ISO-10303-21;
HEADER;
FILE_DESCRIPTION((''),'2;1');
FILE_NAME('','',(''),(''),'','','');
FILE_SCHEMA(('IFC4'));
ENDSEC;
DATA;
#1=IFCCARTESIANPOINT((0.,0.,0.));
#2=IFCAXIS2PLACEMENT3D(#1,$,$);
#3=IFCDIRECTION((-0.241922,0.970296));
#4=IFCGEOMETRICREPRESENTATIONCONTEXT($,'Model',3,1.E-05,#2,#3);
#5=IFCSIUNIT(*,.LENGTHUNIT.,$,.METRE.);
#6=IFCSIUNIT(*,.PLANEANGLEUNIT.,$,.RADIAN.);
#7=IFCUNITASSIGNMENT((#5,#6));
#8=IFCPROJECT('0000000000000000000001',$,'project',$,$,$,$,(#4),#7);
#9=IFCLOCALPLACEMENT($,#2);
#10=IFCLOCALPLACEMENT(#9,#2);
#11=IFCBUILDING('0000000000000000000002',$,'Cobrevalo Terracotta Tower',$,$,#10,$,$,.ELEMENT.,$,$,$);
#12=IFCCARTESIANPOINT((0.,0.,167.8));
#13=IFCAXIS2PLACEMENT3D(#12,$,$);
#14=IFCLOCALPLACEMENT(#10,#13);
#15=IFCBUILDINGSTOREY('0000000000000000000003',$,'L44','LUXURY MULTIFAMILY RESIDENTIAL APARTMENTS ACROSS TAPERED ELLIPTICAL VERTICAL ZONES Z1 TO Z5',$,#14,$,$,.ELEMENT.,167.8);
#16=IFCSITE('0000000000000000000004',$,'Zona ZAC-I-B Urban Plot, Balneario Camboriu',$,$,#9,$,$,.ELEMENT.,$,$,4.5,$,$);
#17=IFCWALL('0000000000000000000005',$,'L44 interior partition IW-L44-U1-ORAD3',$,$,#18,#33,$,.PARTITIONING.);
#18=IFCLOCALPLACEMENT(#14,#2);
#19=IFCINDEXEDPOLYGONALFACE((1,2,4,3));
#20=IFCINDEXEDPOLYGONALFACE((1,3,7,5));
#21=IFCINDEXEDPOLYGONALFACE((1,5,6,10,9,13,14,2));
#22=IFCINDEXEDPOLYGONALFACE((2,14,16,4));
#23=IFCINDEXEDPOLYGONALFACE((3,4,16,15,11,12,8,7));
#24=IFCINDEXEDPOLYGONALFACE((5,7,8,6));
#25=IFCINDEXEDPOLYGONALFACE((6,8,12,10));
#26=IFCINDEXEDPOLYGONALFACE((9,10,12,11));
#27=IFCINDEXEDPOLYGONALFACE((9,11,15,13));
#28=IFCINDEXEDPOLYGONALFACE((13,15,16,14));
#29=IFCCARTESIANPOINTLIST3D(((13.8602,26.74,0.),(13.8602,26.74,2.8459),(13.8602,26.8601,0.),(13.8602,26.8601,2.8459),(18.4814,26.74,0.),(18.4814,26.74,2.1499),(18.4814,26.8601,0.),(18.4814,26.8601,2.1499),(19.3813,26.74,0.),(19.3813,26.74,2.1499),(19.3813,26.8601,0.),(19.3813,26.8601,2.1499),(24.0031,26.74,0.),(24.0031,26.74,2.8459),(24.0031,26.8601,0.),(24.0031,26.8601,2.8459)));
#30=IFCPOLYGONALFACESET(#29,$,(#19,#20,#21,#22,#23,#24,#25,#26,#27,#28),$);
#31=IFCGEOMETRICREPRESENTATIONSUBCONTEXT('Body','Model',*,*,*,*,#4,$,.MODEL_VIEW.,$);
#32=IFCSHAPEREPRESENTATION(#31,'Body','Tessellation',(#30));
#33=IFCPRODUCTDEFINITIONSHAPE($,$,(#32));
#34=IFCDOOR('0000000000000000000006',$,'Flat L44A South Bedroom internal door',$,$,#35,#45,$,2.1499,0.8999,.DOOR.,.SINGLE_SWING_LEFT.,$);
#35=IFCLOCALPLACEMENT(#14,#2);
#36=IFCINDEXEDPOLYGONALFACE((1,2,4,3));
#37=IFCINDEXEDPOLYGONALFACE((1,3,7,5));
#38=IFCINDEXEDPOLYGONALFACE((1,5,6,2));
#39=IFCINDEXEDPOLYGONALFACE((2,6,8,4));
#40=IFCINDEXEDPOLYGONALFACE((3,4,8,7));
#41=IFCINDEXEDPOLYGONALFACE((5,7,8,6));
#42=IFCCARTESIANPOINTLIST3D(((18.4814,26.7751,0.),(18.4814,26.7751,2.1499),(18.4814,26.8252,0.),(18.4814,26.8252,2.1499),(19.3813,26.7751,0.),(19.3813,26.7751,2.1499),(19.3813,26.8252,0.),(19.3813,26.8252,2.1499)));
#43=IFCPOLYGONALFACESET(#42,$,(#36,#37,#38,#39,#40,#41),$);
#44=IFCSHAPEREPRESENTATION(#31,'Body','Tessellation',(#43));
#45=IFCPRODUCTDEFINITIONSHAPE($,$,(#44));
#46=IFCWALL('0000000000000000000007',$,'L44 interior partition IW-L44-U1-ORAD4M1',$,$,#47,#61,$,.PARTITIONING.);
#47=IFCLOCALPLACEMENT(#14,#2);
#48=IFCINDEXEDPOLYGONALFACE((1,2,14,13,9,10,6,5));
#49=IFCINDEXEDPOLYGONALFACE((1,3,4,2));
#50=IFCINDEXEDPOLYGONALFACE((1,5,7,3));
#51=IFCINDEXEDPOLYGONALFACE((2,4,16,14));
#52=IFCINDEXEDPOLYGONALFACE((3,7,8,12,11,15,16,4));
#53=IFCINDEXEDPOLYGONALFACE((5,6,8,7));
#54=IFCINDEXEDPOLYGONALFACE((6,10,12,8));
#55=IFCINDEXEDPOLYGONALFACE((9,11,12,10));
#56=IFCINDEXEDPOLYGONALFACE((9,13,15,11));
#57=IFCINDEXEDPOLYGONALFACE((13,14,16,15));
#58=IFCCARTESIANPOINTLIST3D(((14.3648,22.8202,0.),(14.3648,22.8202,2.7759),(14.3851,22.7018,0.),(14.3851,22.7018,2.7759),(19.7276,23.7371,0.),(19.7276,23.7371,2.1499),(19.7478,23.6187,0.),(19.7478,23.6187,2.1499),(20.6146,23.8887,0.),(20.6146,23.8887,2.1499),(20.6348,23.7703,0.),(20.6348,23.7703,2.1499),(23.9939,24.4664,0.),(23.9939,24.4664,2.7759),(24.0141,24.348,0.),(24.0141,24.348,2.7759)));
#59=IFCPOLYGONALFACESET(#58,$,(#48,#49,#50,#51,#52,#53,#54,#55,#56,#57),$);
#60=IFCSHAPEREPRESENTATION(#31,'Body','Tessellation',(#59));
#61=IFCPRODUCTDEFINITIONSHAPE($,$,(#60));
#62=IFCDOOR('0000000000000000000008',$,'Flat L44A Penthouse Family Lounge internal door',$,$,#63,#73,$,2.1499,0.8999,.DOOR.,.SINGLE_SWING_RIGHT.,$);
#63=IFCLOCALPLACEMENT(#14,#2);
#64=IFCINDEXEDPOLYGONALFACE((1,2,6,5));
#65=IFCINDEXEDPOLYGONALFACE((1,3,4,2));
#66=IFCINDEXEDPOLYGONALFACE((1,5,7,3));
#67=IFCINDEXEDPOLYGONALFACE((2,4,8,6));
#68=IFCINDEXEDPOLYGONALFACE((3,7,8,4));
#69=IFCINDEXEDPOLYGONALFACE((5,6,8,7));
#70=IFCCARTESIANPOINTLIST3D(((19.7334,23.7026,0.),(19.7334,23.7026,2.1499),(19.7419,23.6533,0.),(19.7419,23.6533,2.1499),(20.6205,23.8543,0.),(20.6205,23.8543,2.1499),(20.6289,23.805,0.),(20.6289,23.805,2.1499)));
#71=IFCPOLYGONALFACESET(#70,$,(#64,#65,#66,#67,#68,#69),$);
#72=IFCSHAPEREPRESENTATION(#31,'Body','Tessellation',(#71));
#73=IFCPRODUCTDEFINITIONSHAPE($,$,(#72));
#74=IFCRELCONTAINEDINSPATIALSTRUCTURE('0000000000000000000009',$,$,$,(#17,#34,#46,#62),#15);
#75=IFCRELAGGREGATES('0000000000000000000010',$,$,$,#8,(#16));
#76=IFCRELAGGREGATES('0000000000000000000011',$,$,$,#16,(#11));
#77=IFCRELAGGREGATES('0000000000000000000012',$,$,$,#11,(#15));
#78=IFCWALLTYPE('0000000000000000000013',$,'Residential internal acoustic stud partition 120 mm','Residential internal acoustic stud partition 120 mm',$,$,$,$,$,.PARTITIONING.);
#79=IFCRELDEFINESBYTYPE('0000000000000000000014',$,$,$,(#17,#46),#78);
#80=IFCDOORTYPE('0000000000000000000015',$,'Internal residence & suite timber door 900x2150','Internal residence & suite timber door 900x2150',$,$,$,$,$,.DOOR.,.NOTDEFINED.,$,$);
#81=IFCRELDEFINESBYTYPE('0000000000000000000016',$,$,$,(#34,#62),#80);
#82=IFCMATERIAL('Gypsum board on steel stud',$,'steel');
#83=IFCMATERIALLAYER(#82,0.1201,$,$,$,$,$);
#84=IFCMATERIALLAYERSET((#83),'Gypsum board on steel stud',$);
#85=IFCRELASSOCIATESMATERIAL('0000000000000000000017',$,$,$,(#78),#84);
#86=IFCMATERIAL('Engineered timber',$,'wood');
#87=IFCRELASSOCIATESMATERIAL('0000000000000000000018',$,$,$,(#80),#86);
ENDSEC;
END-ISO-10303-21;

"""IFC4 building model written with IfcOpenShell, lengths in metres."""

from ifc_helpers import new_model, si_unit, direction, frame, frame_2d, origin, place, context, subcontext, project, spatial, rectangle, extrude, source, transform, mapped, material, layer, layer_set, type_object, element, fill, save


model = new_model("IFC4")

# Units and contexts
model_context = context("Model", 3, precision=1e-05, world=origin(), true_north=direction((-0.241922, 0.970296)))
body_context = subcontext(model_context, "Body", "Model", "MODEL_VIEW")
ifc_project = project(units=[si_unit("LENGTHUNIT", "METRE"), si_unit("PLANEANGLEUNIT", "RADIAN")], contexts=[model_context])

# Site, building, storey
site_placement = place(None, origin())
site = spatial("IfcSite", under=ifc_project, at=site_placement, Name="Zona ZAC-I-B Urban Plot, Balneario Camboriu", CompositionType="ELEMENT", RefElevation=4.5)
building_placement = place(site_placement, origin())
building = spatial("IfcBuilding", under=site, at=building_placement, Name="Cobrevalo Terracotta Tower", CompositionType="ELEMENT")
storey_placement = place(building_placement, frame((0.0, 0.0, 167.8)))
storey = spatial("IfcBuildingStorey", under=building, at=storey_placement, Name="L44", Description="LUXURY MULTIFAMILY RESIDENTIAL APARTMENTS ACROSS TAPERED ELLIPTICAL VERTICAL ZONES Z1 TO Z5", CompositionType="ELEMENT", Elevation=167.8)

# Walls, openings, doors
ifc_material_1 = material(Name="Gypsum board on steel stud", Category="steel")
ifc_layer_1 = layer(ifc_material_1, 0.1201)
ifc_layer_set_1 = layer_set([ifc_layer_1], Name="Gypsum board on steel stud")
wall_type = type_object("IfcWallType", Name="Residential internal acoustic stud partition 120 mm", Description="Residential internal acoustic stud partition 120 mm", PredefinedType="PARTITIONING", material=ifc_layer_set_1)
wall_1_placement = place(storey_placement, frame((24.0029, 26.8, 0.0), z_axis=(0.0, 0.0, 1.0), x_axis=(-1.0, 0.0, 0.0)))
wall_1 = element("IfcWall", 1, at=wall_1_placement, inside=storey, type_object=wall_type, Name="L44 interior partition IW-L44-U1-ORAD3", PredefinedType="PARTITIONING", context=body_context, shape_type="SweptSolid", body=[
    extrude(rectangle(XDim=10.1428, YDim=0.1201, at=frame_2d((5.0713, 0.0))), origin(), (0.0, 0.0, 1.0), 2.8459),
])
opening_1_placement = place(wall_1_placement, frame((4.6216, 0.0, 0.0)))
opening_1 = element("IfcOpeningElement", 2, at=opening_1_placement, cuts=wall_1, PredefinedType="OPENING", context=body_context, shape_type="SweptSolid", body=[
    extrude(rectangle(XDim=0.8999, YDim=2.1499, at=frame_2d((0.45, 1.075))), frame((0.0, 0.0701, 0.0), z_axis=(0.0, -1.0, 0.0), x_axis=(1.0, 0.0, 0.0)), (0.0, 0.0, 1.0), 0.1401),
])
ifc_material_2 = material(Name="Engineered timber", Category="wood")
door_type = type_object("IfcDoorType", Name="Internal residence & suite timber door 900x2150", Description="Internal residence & suite timber door 900x2150", OperationType="NOTDEFINED", PredefinedType="DOOR", material=ifc_material_2)
shared_shape_1 = source(origin(), body_context, "Body", "SweptSolid", [
    extrude(rectangle(XDim=0.8999, YDim=2.1499, at=frame_2d((0.45, 1.075))), frame((0.0, 0.0249, 0.0), z_axis=(0.0, -1.0, 0.0), x_axis=(1.0, 0.0, 0.0)), (0.0, 0.0, 1.0), 0.05),
])
door_1_placement = place(opening_1_placement, origin())
door_1 = element("IfcDoor", 3, at=door_1_placement, inside=storey, type_object=door_type, Name="Flat L44A South Bedroom internal door", OperationType="SINGLE_SWING_LEFT", OverallHeight=2.1499, OverallWidth=0.8999, PredefinedType="DOOR", context=body_context, shape_type="MappedRepresentation", body=[
    mapped(shared_shape_1, transform((0.0, 0.0, 0.0), scale=1.0)),
])
fill(opening_1, door_1)
wall_2_placement = place(storey_placement, frame((24.0039, 24.4072, 0.0), z_axis=(0.0, 0.0, 1.0), x_axis=(-0.985698, -0.168519, 0.0)))
wall_2 = element("IfcWall", 4, at=wall_2_placement, inside=storey, type_object=wall_type, Name="L44 interior partition IW-L44-U1-ORAD4M1", PredefinedType="PARTITIONING", context=body_context, shape_type="SweptSolid", body=[
    extrude(rectangle(XDim=9.7688, YDim=0.1201, at=frame_2d((4.8843, 0.0))), origin(), (0.0, 0.0, 1.0), 2.7759),
])
opening_2_placement = place(wall_2_placement, frame((3.4282, 0.0, 0.0)))
opening_2 = element("IfcOpeningElement", 5, at=opening_2_placement, cuts=wall_2, PredefinedType="OPENING", context=body_context, shape_type="SweptSolid", body=[
    extrude(rectangle(XDim=0.8999, YDim=2.1499, at=frame_2d((0.45, 1.075))), frame((0.0, 0.0701, 0.0), z_axis=(0.0, -1.0, 0.0), x_axis=(1.0, 0.0, 0.0)), (0.0, 0.0, 1.0), 0.1401),
])
door_2_placement = place(opening_2_placement, origin())
door_2 = element("IfcDoor", 6, at=door_2_placement, inside=storey, type_object=door_type, Name="Flat L44A Penthouse Family Lounge internal door", OperationType="SINGLE_SWING_RIGHT", OverallHeight=2.1499, OverallWidth=0.8999, PredefinedType="DOOR", context=body_context, shape_type="MappedRepresentation", body=[
    mapped(shared_shape_1, transform((0.0, 0.0, 0.0), scale=1.0)),
])
fill(opening_2, door_2)

save(model, "model.ifc")
